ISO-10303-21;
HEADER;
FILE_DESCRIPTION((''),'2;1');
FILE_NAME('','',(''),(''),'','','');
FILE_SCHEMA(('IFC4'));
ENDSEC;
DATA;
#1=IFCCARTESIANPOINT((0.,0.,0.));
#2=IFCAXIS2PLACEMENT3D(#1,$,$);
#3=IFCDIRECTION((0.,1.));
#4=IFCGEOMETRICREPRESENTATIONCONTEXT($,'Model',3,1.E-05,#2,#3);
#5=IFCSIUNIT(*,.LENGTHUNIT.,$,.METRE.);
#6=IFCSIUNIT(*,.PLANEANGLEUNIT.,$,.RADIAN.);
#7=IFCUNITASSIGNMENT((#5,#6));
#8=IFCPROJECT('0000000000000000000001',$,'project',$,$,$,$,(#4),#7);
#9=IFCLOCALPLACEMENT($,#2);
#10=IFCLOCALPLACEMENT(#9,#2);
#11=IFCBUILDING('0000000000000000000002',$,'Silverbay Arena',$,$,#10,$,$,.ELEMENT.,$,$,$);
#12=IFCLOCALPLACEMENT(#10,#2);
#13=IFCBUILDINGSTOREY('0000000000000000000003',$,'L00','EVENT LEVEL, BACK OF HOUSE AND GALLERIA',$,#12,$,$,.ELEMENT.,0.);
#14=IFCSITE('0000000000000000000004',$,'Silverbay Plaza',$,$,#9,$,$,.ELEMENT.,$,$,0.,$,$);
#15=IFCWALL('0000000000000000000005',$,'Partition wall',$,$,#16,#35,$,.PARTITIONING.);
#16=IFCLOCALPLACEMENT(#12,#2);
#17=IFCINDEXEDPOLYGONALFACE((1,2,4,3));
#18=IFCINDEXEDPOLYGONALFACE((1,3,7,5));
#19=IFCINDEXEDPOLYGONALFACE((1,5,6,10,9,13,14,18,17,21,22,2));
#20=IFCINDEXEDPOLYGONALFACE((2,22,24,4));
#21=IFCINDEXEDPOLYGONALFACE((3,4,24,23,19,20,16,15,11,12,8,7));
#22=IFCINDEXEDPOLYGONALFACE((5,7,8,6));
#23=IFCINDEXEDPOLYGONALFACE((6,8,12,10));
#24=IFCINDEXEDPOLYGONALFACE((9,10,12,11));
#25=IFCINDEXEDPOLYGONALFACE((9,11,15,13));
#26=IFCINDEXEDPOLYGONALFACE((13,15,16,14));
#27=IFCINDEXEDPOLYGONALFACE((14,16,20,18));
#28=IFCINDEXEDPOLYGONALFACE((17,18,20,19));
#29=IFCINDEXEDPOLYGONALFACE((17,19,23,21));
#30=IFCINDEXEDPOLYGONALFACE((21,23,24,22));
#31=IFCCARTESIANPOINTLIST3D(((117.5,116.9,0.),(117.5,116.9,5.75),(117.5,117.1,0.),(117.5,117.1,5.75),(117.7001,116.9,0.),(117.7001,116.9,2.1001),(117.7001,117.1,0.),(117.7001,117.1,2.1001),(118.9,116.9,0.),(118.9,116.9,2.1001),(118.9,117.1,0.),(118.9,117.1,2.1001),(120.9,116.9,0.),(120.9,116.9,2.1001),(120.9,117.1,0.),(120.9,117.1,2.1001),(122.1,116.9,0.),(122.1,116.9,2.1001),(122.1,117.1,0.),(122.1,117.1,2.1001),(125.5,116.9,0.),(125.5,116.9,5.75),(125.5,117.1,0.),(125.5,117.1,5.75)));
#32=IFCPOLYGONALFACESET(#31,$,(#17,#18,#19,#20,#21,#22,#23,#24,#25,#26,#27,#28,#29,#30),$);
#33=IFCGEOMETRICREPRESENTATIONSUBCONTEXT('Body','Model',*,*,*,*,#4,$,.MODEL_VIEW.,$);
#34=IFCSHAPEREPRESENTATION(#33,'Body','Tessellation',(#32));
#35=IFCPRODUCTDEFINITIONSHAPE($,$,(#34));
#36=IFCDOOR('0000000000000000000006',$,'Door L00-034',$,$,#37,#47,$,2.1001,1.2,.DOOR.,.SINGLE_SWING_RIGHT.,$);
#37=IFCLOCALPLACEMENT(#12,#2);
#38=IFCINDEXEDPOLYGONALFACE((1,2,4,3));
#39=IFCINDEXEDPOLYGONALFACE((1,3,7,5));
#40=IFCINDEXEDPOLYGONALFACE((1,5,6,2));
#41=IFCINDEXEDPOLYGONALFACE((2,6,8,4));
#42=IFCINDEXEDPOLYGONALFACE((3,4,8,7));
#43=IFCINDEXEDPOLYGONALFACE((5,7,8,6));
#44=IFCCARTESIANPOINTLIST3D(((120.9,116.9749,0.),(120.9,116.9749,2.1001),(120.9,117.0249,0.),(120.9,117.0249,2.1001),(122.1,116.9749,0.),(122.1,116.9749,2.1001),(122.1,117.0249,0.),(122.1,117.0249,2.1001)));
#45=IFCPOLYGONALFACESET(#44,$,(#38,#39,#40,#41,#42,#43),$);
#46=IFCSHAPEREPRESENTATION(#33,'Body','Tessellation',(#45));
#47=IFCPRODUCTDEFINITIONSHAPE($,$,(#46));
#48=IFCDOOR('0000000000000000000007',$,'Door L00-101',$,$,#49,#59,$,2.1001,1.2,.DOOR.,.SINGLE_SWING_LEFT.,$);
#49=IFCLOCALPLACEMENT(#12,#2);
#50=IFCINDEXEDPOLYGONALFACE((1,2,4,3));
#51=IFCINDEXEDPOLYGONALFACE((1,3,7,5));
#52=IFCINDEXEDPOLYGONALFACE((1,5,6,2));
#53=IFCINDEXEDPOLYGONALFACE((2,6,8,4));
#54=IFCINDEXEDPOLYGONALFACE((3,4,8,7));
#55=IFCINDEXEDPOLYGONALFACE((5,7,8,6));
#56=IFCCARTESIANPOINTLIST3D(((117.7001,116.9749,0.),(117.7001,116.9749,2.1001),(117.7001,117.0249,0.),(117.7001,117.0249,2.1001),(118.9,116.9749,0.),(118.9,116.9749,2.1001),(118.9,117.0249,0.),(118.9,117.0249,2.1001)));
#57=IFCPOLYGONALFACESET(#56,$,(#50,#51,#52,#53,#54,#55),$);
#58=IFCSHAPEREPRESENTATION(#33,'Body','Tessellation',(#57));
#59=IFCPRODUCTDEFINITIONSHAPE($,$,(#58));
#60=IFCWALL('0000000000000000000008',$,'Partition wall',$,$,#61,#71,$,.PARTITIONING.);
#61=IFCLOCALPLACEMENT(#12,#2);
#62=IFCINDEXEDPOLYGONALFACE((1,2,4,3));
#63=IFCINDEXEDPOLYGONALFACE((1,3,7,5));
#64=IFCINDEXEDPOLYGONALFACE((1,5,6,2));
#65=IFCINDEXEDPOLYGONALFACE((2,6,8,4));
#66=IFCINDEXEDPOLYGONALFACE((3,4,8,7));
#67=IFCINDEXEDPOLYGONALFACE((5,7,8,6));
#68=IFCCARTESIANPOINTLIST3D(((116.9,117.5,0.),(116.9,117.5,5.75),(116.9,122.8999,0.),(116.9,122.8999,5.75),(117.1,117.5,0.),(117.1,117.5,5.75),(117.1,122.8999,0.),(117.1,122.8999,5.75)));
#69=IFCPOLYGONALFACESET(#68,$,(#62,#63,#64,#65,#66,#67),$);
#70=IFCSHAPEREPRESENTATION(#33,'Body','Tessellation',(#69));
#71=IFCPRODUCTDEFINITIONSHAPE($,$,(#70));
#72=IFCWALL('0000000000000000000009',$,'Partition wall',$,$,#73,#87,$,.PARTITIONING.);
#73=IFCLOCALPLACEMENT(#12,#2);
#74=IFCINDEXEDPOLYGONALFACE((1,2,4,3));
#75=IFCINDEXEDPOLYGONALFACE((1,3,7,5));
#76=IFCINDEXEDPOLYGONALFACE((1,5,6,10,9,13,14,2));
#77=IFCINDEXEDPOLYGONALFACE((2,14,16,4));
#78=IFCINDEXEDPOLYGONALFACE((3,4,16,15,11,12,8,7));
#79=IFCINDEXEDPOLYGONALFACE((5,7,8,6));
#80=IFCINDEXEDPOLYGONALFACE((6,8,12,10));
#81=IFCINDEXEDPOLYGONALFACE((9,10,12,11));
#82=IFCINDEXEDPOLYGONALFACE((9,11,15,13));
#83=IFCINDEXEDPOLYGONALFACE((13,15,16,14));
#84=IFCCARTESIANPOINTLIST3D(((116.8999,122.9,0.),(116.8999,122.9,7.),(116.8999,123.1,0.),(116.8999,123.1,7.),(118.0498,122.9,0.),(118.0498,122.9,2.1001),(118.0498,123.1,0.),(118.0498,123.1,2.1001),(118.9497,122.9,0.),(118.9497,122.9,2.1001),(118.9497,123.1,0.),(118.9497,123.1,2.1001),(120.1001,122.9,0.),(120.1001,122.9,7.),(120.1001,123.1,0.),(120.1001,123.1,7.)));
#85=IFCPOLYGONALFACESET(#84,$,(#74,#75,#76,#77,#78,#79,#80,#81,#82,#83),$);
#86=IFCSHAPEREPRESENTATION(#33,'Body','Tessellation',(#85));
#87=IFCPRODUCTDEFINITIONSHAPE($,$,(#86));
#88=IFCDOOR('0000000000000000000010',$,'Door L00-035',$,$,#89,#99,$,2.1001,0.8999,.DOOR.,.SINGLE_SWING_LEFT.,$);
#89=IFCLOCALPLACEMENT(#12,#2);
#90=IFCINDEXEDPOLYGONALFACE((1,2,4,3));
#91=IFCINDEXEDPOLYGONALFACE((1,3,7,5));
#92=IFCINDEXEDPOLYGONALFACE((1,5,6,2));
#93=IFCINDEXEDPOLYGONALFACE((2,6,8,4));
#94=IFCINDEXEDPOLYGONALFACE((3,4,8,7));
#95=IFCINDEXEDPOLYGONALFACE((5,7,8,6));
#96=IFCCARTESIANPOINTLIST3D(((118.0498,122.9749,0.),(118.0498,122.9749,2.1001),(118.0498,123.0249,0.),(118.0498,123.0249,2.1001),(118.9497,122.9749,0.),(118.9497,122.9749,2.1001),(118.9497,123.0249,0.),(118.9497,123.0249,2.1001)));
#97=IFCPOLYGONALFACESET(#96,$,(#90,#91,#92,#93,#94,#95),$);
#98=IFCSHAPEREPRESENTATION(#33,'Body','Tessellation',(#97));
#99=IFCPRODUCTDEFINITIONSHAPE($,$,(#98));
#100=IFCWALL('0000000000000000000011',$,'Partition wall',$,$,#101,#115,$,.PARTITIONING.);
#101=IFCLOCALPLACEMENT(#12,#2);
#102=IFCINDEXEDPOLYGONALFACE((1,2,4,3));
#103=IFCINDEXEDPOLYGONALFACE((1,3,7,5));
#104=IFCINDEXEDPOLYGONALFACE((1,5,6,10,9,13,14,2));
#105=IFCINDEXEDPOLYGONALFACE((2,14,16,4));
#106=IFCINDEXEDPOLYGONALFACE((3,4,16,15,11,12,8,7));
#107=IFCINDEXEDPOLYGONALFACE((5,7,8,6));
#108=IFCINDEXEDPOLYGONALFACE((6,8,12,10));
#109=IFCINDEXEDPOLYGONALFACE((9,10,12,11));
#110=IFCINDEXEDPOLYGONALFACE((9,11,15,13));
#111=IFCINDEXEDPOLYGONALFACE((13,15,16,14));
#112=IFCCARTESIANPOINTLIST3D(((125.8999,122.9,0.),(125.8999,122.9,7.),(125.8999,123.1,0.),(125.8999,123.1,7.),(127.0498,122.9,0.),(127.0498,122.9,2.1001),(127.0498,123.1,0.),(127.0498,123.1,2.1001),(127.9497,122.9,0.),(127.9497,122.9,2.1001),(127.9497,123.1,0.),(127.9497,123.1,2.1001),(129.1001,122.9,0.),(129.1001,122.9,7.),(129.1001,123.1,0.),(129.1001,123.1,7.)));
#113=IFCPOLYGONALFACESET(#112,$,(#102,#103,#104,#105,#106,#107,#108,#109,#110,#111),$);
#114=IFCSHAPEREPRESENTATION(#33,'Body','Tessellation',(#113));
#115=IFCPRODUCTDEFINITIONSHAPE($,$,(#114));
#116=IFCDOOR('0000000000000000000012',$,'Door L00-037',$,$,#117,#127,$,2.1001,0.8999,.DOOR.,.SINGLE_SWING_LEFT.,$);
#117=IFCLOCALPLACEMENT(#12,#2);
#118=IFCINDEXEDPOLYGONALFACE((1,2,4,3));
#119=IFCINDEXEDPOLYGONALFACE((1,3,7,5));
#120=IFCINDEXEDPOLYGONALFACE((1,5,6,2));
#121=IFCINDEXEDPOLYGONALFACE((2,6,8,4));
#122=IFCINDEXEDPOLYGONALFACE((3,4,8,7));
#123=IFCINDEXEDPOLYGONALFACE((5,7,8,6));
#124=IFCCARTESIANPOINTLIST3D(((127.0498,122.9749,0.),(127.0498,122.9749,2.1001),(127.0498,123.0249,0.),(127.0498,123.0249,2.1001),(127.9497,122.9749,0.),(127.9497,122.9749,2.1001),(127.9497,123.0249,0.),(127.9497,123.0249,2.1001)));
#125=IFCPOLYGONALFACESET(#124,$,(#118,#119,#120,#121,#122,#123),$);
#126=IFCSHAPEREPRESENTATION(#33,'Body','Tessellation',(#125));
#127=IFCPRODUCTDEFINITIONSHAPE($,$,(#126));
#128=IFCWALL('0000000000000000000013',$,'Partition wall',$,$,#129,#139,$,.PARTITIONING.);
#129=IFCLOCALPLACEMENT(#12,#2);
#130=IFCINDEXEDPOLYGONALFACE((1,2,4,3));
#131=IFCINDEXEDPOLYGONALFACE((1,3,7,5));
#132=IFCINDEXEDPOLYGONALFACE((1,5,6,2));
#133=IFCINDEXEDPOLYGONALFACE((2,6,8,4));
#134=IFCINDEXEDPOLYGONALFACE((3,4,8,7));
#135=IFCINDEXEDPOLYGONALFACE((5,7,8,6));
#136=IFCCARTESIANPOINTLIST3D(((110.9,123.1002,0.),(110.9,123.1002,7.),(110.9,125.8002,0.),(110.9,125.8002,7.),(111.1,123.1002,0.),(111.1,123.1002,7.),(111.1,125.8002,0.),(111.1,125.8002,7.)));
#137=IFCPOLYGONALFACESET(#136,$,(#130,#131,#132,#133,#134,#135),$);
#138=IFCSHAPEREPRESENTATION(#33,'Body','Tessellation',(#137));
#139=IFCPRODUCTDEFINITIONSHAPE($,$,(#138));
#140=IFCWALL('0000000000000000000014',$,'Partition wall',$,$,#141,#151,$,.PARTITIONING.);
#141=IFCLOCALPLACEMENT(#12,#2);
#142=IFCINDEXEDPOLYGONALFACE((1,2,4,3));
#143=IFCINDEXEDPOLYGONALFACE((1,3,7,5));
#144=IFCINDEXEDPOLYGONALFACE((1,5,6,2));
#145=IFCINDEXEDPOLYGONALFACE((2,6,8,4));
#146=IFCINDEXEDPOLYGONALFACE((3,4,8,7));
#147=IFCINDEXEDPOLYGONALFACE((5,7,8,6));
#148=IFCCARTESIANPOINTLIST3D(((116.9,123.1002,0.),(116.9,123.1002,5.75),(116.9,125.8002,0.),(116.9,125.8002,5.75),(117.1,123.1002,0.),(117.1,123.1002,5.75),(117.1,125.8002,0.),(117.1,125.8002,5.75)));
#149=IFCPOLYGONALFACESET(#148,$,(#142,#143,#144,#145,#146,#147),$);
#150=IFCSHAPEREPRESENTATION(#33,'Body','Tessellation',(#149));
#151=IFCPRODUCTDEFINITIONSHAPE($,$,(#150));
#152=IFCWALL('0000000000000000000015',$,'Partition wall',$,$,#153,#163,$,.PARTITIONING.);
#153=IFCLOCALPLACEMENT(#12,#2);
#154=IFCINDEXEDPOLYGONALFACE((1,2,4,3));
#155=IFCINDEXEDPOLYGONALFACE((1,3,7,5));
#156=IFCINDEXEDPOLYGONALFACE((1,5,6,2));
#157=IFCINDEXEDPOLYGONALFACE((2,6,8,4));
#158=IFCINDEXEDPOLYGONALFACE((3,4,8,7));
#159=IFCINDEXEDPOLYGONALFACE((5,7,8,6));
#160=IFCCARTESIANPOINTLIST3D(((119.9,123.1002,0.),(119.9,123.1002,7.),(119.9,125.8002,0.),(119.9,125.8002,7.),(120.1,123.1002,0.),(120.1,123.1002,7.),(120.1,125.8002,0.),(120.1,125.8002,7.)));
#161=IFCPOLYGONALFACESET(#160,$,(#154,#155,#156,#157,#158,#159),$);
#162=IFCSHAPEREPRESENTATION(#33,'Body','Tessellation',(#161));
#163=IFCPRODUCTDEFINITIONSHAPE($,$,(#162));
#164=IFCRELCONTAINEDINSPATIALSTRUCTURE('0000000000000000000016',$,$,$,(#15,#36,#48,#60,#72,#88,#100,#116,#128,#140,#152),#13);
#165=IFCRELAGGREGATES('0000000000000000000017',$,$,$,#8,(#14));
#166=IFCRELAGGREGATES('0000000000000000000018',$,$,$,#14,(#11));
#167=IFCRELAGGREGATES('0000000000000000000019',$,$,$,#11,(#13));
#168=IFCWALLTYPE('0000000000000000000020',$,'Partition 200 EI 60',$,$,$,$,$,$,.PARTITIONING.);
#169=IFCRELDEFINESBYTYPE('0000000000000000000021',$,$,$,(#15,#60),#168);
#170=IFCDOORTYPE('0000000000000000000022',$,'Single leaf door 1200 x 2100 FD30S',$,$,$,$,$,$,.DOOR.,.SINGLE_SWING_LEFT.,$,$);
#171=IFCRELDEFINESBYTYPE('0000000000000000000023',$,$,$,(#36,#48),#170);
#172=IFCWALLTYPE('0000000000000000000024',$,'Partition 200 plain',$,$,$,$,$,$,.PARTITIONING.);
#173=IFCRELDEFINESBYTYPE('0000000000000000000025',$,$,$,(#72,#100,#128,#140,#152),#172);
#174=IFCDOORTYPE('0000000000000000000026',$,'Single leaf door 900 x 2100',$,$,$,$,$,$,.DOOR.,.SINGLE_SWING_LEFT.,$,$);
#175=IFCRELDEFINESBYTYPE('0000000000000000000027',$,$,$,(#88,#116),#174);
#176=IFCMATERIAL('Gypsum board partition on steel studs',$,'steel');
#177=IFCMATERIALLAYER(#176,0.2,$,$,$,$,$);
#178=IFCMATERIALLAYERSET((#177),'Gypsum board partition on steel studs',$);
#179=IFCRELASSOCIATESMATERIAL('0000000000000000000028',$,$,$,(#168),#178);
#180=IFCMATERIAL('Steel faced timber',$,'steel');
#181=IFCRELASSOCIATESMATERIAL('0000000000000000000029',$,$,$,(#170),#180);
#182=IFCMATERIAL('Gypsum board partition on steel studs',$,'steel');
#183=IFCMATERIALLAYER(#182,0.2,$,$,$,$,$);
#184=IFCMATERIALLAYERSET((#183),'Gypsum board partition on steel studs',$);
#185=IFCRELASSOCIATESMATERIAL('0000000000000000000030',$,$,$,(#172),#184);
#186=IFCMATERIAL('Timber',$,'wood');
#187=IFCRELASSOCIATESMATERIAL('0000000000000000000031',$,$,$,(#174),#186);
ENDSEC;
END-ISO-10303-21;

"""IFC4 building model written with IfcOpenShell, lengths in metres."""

from ifc_helpers import new_model, si_unit, direction, frame, frame_2d, origin, place, context, subcontext, project, spatial, rectangle, extrude, material, layer, layer_set, type_object, element, fill, save


model = new_model("IFC4")

# Units and contexts
model_context = context("Model", 3, precision=1e-05, world=origin(), true_north=direction((0.0, 1.0)))
body_context = subcontext(model_context, "Body", "Model", "MODEL_VIEW")
ifc_project = project(units=[si_unit("LENGTHUNIT", "METRE"), si_unit("PLANEANGLEUNIT", "RADIAN")], contexts=[model_context])

# Site, building, storey
site_placement = place(None, origin())
site = spatial("IfcSite", under=ifc_project, at=site_placement, Name="Silverbay Plaza", CompositionType="ELEMENT", RefElevation=0.0)
building_placement = place(site_placement, origin())
building = spatial("IfcBuilding", under=site, at=building_placement, Name="Silverbay Arena", CompositionType="ELEMENT")
storey_placement = place(building_placement, origin())
storey = spatial("IfcBuildingStorey", under=building, at=storey_placement, Name="L00", Description="EVENT LEVEL, BACK OF HOUSE AND GALLERIA", CompositionType="ELEMENT", Elevation=0.0)

# Wall, openings, doors
ifc_material_1 = material(Name="Gypsum board partition on steel studs", Category="steel")
ifc_layer_1 = layer(ifc_material_1, 0.2)
ifc_layer_set_1 = layer_set([ifc_layer_1], Name="Gypsum board partition on steel studs")
wall_type_1 = type_object("IfcWallType", Name="Partition 200 EI 60", PredefinedType="PARTITIONING", material=ifc_layer_set_1)
wall_1_placement = place(storey_placement, frame((117.5, 117.0, 0.0), z_axis=(0.0, 0.0, 1.0), x_axis=(1.0, 0.0, 0.0)))
wall_1 = element("IfcWall", 1, at=wall_1_placement, inside=storey, type_object=wall_type_1, Name="Partition wall", PredefinedType="PARTITIONING", context=body_context, shape_type="SweptSolid", body=[
    extrude(rectangle(XDim=8.0, YDim=0.2, at=frame_2d((4.0, 0.0))), origin(), (0.0, 0.0, 1.0), 5.75),
])
opening_1_placement = place(wall_1_placement, frame((3.3999, 0.0, 0.0)))
opening_1 = element("IfcOpeningElement", 2, at=opening_1_placement, cuts=wall_1, PredefinedType="OPENING", context=body_context, shape_type="SweptSolid", body=[
    extrude(rectangle(XDim=1.2, YDim=2.1001, at=frame_2d((0.6001, 1.05))), frame((0.0, 0.1099, 0.0), z_axis=(0.0, -1.0, 0.0), x_axis=(1.0, 0.0, 0.0)), (0.0, 0.0, 1.0), 0.22),
])
opening_2_placement = place(wall_1_placement, frame((0.2, 0.0, 0.0)))
opening_2 = element("IfcOpeningElement", 3, at=opening_2_placement, cuts=wall_1, PredefinedType="OPENING", context=body_context, shape_type="SweptSolid", body=[
    extrude(rectangle(XDim=1.2, YDim=2.1001, at=frame_2d((0.6001, 1.05))), frame((0.0, 0.1099, 0.0), z_axis=(0.0, -1.0, 0.0), x_axis=(1.0, 0.0, 0.0)), (0.0, 0.0, 1.0), 0.22),
])
ifc_material_2 = material(Name="Steel faced timber", Category="steel")
door_type_1 = type_object("IfcDoorType", Name="Single leaf door 1200 x 2100 FD30S", OperationType="SINGLE_SWING_LEFT", PredefinedType="DOOR", material=ifc_material_2)
door_1_placement = place(opening_1_placement, origin())
door_1 = element("IfcDoor", 4, at=door_1_placement, inside=storey, type_object=door_type_1, Name="Door L00-034", OperationType="SINGLE_SWING_RIGHT", OverallHeight=2.1001, OverallWidth=1.2, PredefinedType="DOOR", context=body_context, shape_type="SweptSolid", body=[
    extrude(rectangle(XDim=1.2, YDim=2.1001, at=frame_2d((0.6001, 1.05))), frame((0.0, 0.0249, 0.0), z_axis=(0.0, -1.0, 0.0), x_axis=(1.0, 0.0, 0.0)), (0.0, 0.0, 1.0), 0.05),
])
fill(opening_1, door_1)
door_2_placement = place(opening_2_placement, origin())
door_2 = element("IfcDoor", 5, at=door_2_placement, inside=storey, type_object=door_type_1, Name="Door L00-101", OperationType="SINGLE_SWING_LEFT", OverallHeight=2.1001, OverallWidth=1.2, PredefinedType="DOOR", context=body_context, shape_type="SweptSolid", body=[
    extrude(rectangle(XDim=1.2, YDim=2.1001, at=frame_2d((0.6001, 1.05))), frame((0.0, 0.0249, 0.0), z_axis=(0.0, -1.0, 0.0), x_axis=(1.0, 0.0, 0.0)), (0.0, 0.0, 1.0), 0.05),
])
fill(opening_2, door_2)

# Wall
wall_2_placement = place(storey_placement, frame((117.0, 117.5, 0.0), z_axis=(0.0, 0.0, 1.0), x_axis=(0.0, 1.0, 0.0)))
element("IfcWall", 6, at=wall_2_placement, inside=storey, type_object=wall_type_1, Name="Partition wall", PredefinedType="PARTITIONING", context=body_context, shape_type="SweptSolid", body=[
    extrude(rectangle(XDim=5.3999, YDim=0.2, at=frame_2d((2.7, 0.0))), origin(), (0.0, 0.0, 1.0), 5.75),
])

# Walls, openings, doors
ifc_material_3 = material(Name="Gypsum board partition on steel studs", Category="steel")
ifc_layer_2 = layer(ifc_material_3, 0.2)
ifc_layer_set_2 = layer_set([ifc_layer_2], Name="Gypsum board partition on steel studs")
wall_type_2 = type_object("IfcWallType", Name="Partition 200 plain", PredefinedType="PARTITIONING", material=ifc_layer_set_2)
wall_3_placement = place(storey_placement, frame((116.8999, 123.0, 0.0), z_axis=(0.0, 0.0, 1.0), x_axis=(1.0, 0.0, 0.0)))
wall_3 = element("IfcWall", 7, at=wall_3_placement, inside=storey, type_object=wall_type_2, Name="Partition wall", PredefinedType="PARTITIONING", context=body_context, shape_type="SweptSolid", body=[
    extrude(rectangle(XDim=3.2002, YDim=0.2, at=frame_2d((1.6001, 0.0))), origin(), (0.0, 0.0, 1.0), 7.0),
])
opening_3_placement = place(wall_3_placement, frame((1.1499, 0.0, 0.0)))
opening_3 = element("IfcOpeningElement", 8, at=opening_3_placement, cuts=wall_3, PredefinedType="OPENING", context=body_context, shape_type="SweptSolid", body=[
    extrude(rectangle(XDim=0.8999, YDim=2.1001, at=frame_2d((0.45, 1.05))), frame((0.0, 0.1099, 0.0), z_axis=(0.0, -1.0, 0.0), x_axis=(1.0, 0.0, 0.0)), (0.0, 0.0, 1.0), 0.22),
])
ifc_material_4 = material(Name="Timber", Category="wood")
door_type_2 = type_object("IfcDoorType", Name="Single leaf door 900 x 2100", OperationType="SINGLE_SWING_LEFT", PredefinedType="DOOR", material=ifc_material_4)
door_3_placement = place(opening_3_placement, origin())
door_3 = element("IfcDoor", 9, at=door_3_placement, inside=storey, type_object=door_type_2, Name="Door L00-035", OperationType="SINGLE_SWING_LEFT", OverallHeight=2.1001, OverallWidth=0.8999, PredefinedType="DOOR", context=body_context, shape_type="SweptSolid", body=[
    extrude(rectangle(XDim=0.8999, YDim=2.1001, at=frame_2d((0.45, 1.05))), frame((0.0, 0.0249, 0.0), z_axis=(0.0, -1.0, 0.0), x_axis=(1.0, 0.0, 0.0)), (0.0, 0.0, 1.0), 0.05),
])
fill(opening_3, door_3)
wall_4_placement = place(storey_placement, frame((125.8999, 123.0, 0.0), z_axis=(0.0, 0.0, 1.0), x_axis=(1.0, 0.0, 0.0)))
wall_4 = element("IfcWall", 10, at=wall_4_placement, inside=storey, type_object=wall_type_2, Name="Partition wall", PredefinedType="PARTITIONING", context=body_context, shape_type="SweptSolid", body=[
    extrude(rectangle(XDim=3.2002, YDim=0.2, at=frame_2d((1.6001, 0.0))), origin(), (0.0, 0.0, 1.0), 7.0),
])
opening_4_placement = place(wall_4_placement, frame((1.1499, 0.0, 0.0)))
opening_4 = element("IfcOpeningElement", 11, at=opening_4_placement, cuts=wall_4, PredefinedType="OPENING", context=body_context, shape_type="SweptSolid", body=[
    extrude(rectangle(XDim=0.8999, YDim=2.1001, at=frame_2d((0.45, 1.05))), frame((0.0, 0.1099, 0.0), z_axis=(0.0, -1.0, 0.0), x_axis=(1.0, 0.0, 0.0)), (0.0, 0.0, 1.0), 0.22),
])
door_4_placement = place(opening_4_placement, origin())
door_4 = element("IfcDoor", 12, at=door_4_placement, inside=storey, type_object=door_type_2, Name="Door L00-037", OperationType="SINGLE_SWING_LEFT", OverallHeight=2.1001, OverallWidth=0.8999, PredefinedType="DOOR", context=body_context, shape_type="SweptSolid", body=[
    extrude(rectangle(XDim=0.8999, YDim=2.1001, at=frame_2d((0.45, 1.05))), frame((0.0, 0.0249, 0.0), z_axis=(0.0, -1.0, 0.0), x_axis=(1.0, 0.0, 0.0)), (0.0, 0.0, 1.0), 0.05),
])
fill(opening_4, door_4)

# Walls
wall_5_placement = place(storey_placement, frame((111.0, 123.1001, 0.0), z_axis=(0.0, 0.0, 1.0), x_axis=(0.0, 1.0, 0.0)))
element("IfcWall", 13, at=wall_5_placement, inside=storey, type_object=wall_type_2, Name="Partition wall", PredefinedType="PARTITIONING", context=body_context, shape_type="SweptSolid", body=[
    extrude(rectangle(XDim=2.7, YDim=0.2, at=frame_2d((1.3501, 0.0))), origin(), (0.0, 0.0, 1.0), 7.0),
])
wall_6_placement = place(storey_placement, frame((117.0, 123.1001, 0.0), z_axis=(0.0, 0.0, 1.0), x_axis=(0.0, 1.0, 0.0)))
element("IfcWall", 14, at=wall_6_placement, inside=storey, type_object=wall_type_2, Name="Partition wall", PredefinedType="PARTITIONING", context=body_context, shape_type="SweptSolid", body=[
    extrude(rectangle(XDim=2.7, YDim=0.2, at=frame_2d((1.3501, 0.0))), origin(), (0.0, 0.0, 1.0), 5.75),
])
wall_7_placement = place(storey_placement, frame((120.0, 123.1001, 0.0), z_axis=(0.0, 0.0, 1.0), x_axis=(0.0, 1.0, 0.0)))
element("IfcWall", 15, at=wall_7_placement, inside=storey, type_object=wall_type_2, Name="Partition wall", PredefinedType="PARTITIONING", context=body_context, shape_type="SweptSolid", body=[
    extrude(rectangle(XDim=2.7, YDim=0.2, at=frame_2d((1.3501, 0.0))), origin(), (0.0, 0.0, 1.0), 7.0),
])

save(model, "model.ifc")
